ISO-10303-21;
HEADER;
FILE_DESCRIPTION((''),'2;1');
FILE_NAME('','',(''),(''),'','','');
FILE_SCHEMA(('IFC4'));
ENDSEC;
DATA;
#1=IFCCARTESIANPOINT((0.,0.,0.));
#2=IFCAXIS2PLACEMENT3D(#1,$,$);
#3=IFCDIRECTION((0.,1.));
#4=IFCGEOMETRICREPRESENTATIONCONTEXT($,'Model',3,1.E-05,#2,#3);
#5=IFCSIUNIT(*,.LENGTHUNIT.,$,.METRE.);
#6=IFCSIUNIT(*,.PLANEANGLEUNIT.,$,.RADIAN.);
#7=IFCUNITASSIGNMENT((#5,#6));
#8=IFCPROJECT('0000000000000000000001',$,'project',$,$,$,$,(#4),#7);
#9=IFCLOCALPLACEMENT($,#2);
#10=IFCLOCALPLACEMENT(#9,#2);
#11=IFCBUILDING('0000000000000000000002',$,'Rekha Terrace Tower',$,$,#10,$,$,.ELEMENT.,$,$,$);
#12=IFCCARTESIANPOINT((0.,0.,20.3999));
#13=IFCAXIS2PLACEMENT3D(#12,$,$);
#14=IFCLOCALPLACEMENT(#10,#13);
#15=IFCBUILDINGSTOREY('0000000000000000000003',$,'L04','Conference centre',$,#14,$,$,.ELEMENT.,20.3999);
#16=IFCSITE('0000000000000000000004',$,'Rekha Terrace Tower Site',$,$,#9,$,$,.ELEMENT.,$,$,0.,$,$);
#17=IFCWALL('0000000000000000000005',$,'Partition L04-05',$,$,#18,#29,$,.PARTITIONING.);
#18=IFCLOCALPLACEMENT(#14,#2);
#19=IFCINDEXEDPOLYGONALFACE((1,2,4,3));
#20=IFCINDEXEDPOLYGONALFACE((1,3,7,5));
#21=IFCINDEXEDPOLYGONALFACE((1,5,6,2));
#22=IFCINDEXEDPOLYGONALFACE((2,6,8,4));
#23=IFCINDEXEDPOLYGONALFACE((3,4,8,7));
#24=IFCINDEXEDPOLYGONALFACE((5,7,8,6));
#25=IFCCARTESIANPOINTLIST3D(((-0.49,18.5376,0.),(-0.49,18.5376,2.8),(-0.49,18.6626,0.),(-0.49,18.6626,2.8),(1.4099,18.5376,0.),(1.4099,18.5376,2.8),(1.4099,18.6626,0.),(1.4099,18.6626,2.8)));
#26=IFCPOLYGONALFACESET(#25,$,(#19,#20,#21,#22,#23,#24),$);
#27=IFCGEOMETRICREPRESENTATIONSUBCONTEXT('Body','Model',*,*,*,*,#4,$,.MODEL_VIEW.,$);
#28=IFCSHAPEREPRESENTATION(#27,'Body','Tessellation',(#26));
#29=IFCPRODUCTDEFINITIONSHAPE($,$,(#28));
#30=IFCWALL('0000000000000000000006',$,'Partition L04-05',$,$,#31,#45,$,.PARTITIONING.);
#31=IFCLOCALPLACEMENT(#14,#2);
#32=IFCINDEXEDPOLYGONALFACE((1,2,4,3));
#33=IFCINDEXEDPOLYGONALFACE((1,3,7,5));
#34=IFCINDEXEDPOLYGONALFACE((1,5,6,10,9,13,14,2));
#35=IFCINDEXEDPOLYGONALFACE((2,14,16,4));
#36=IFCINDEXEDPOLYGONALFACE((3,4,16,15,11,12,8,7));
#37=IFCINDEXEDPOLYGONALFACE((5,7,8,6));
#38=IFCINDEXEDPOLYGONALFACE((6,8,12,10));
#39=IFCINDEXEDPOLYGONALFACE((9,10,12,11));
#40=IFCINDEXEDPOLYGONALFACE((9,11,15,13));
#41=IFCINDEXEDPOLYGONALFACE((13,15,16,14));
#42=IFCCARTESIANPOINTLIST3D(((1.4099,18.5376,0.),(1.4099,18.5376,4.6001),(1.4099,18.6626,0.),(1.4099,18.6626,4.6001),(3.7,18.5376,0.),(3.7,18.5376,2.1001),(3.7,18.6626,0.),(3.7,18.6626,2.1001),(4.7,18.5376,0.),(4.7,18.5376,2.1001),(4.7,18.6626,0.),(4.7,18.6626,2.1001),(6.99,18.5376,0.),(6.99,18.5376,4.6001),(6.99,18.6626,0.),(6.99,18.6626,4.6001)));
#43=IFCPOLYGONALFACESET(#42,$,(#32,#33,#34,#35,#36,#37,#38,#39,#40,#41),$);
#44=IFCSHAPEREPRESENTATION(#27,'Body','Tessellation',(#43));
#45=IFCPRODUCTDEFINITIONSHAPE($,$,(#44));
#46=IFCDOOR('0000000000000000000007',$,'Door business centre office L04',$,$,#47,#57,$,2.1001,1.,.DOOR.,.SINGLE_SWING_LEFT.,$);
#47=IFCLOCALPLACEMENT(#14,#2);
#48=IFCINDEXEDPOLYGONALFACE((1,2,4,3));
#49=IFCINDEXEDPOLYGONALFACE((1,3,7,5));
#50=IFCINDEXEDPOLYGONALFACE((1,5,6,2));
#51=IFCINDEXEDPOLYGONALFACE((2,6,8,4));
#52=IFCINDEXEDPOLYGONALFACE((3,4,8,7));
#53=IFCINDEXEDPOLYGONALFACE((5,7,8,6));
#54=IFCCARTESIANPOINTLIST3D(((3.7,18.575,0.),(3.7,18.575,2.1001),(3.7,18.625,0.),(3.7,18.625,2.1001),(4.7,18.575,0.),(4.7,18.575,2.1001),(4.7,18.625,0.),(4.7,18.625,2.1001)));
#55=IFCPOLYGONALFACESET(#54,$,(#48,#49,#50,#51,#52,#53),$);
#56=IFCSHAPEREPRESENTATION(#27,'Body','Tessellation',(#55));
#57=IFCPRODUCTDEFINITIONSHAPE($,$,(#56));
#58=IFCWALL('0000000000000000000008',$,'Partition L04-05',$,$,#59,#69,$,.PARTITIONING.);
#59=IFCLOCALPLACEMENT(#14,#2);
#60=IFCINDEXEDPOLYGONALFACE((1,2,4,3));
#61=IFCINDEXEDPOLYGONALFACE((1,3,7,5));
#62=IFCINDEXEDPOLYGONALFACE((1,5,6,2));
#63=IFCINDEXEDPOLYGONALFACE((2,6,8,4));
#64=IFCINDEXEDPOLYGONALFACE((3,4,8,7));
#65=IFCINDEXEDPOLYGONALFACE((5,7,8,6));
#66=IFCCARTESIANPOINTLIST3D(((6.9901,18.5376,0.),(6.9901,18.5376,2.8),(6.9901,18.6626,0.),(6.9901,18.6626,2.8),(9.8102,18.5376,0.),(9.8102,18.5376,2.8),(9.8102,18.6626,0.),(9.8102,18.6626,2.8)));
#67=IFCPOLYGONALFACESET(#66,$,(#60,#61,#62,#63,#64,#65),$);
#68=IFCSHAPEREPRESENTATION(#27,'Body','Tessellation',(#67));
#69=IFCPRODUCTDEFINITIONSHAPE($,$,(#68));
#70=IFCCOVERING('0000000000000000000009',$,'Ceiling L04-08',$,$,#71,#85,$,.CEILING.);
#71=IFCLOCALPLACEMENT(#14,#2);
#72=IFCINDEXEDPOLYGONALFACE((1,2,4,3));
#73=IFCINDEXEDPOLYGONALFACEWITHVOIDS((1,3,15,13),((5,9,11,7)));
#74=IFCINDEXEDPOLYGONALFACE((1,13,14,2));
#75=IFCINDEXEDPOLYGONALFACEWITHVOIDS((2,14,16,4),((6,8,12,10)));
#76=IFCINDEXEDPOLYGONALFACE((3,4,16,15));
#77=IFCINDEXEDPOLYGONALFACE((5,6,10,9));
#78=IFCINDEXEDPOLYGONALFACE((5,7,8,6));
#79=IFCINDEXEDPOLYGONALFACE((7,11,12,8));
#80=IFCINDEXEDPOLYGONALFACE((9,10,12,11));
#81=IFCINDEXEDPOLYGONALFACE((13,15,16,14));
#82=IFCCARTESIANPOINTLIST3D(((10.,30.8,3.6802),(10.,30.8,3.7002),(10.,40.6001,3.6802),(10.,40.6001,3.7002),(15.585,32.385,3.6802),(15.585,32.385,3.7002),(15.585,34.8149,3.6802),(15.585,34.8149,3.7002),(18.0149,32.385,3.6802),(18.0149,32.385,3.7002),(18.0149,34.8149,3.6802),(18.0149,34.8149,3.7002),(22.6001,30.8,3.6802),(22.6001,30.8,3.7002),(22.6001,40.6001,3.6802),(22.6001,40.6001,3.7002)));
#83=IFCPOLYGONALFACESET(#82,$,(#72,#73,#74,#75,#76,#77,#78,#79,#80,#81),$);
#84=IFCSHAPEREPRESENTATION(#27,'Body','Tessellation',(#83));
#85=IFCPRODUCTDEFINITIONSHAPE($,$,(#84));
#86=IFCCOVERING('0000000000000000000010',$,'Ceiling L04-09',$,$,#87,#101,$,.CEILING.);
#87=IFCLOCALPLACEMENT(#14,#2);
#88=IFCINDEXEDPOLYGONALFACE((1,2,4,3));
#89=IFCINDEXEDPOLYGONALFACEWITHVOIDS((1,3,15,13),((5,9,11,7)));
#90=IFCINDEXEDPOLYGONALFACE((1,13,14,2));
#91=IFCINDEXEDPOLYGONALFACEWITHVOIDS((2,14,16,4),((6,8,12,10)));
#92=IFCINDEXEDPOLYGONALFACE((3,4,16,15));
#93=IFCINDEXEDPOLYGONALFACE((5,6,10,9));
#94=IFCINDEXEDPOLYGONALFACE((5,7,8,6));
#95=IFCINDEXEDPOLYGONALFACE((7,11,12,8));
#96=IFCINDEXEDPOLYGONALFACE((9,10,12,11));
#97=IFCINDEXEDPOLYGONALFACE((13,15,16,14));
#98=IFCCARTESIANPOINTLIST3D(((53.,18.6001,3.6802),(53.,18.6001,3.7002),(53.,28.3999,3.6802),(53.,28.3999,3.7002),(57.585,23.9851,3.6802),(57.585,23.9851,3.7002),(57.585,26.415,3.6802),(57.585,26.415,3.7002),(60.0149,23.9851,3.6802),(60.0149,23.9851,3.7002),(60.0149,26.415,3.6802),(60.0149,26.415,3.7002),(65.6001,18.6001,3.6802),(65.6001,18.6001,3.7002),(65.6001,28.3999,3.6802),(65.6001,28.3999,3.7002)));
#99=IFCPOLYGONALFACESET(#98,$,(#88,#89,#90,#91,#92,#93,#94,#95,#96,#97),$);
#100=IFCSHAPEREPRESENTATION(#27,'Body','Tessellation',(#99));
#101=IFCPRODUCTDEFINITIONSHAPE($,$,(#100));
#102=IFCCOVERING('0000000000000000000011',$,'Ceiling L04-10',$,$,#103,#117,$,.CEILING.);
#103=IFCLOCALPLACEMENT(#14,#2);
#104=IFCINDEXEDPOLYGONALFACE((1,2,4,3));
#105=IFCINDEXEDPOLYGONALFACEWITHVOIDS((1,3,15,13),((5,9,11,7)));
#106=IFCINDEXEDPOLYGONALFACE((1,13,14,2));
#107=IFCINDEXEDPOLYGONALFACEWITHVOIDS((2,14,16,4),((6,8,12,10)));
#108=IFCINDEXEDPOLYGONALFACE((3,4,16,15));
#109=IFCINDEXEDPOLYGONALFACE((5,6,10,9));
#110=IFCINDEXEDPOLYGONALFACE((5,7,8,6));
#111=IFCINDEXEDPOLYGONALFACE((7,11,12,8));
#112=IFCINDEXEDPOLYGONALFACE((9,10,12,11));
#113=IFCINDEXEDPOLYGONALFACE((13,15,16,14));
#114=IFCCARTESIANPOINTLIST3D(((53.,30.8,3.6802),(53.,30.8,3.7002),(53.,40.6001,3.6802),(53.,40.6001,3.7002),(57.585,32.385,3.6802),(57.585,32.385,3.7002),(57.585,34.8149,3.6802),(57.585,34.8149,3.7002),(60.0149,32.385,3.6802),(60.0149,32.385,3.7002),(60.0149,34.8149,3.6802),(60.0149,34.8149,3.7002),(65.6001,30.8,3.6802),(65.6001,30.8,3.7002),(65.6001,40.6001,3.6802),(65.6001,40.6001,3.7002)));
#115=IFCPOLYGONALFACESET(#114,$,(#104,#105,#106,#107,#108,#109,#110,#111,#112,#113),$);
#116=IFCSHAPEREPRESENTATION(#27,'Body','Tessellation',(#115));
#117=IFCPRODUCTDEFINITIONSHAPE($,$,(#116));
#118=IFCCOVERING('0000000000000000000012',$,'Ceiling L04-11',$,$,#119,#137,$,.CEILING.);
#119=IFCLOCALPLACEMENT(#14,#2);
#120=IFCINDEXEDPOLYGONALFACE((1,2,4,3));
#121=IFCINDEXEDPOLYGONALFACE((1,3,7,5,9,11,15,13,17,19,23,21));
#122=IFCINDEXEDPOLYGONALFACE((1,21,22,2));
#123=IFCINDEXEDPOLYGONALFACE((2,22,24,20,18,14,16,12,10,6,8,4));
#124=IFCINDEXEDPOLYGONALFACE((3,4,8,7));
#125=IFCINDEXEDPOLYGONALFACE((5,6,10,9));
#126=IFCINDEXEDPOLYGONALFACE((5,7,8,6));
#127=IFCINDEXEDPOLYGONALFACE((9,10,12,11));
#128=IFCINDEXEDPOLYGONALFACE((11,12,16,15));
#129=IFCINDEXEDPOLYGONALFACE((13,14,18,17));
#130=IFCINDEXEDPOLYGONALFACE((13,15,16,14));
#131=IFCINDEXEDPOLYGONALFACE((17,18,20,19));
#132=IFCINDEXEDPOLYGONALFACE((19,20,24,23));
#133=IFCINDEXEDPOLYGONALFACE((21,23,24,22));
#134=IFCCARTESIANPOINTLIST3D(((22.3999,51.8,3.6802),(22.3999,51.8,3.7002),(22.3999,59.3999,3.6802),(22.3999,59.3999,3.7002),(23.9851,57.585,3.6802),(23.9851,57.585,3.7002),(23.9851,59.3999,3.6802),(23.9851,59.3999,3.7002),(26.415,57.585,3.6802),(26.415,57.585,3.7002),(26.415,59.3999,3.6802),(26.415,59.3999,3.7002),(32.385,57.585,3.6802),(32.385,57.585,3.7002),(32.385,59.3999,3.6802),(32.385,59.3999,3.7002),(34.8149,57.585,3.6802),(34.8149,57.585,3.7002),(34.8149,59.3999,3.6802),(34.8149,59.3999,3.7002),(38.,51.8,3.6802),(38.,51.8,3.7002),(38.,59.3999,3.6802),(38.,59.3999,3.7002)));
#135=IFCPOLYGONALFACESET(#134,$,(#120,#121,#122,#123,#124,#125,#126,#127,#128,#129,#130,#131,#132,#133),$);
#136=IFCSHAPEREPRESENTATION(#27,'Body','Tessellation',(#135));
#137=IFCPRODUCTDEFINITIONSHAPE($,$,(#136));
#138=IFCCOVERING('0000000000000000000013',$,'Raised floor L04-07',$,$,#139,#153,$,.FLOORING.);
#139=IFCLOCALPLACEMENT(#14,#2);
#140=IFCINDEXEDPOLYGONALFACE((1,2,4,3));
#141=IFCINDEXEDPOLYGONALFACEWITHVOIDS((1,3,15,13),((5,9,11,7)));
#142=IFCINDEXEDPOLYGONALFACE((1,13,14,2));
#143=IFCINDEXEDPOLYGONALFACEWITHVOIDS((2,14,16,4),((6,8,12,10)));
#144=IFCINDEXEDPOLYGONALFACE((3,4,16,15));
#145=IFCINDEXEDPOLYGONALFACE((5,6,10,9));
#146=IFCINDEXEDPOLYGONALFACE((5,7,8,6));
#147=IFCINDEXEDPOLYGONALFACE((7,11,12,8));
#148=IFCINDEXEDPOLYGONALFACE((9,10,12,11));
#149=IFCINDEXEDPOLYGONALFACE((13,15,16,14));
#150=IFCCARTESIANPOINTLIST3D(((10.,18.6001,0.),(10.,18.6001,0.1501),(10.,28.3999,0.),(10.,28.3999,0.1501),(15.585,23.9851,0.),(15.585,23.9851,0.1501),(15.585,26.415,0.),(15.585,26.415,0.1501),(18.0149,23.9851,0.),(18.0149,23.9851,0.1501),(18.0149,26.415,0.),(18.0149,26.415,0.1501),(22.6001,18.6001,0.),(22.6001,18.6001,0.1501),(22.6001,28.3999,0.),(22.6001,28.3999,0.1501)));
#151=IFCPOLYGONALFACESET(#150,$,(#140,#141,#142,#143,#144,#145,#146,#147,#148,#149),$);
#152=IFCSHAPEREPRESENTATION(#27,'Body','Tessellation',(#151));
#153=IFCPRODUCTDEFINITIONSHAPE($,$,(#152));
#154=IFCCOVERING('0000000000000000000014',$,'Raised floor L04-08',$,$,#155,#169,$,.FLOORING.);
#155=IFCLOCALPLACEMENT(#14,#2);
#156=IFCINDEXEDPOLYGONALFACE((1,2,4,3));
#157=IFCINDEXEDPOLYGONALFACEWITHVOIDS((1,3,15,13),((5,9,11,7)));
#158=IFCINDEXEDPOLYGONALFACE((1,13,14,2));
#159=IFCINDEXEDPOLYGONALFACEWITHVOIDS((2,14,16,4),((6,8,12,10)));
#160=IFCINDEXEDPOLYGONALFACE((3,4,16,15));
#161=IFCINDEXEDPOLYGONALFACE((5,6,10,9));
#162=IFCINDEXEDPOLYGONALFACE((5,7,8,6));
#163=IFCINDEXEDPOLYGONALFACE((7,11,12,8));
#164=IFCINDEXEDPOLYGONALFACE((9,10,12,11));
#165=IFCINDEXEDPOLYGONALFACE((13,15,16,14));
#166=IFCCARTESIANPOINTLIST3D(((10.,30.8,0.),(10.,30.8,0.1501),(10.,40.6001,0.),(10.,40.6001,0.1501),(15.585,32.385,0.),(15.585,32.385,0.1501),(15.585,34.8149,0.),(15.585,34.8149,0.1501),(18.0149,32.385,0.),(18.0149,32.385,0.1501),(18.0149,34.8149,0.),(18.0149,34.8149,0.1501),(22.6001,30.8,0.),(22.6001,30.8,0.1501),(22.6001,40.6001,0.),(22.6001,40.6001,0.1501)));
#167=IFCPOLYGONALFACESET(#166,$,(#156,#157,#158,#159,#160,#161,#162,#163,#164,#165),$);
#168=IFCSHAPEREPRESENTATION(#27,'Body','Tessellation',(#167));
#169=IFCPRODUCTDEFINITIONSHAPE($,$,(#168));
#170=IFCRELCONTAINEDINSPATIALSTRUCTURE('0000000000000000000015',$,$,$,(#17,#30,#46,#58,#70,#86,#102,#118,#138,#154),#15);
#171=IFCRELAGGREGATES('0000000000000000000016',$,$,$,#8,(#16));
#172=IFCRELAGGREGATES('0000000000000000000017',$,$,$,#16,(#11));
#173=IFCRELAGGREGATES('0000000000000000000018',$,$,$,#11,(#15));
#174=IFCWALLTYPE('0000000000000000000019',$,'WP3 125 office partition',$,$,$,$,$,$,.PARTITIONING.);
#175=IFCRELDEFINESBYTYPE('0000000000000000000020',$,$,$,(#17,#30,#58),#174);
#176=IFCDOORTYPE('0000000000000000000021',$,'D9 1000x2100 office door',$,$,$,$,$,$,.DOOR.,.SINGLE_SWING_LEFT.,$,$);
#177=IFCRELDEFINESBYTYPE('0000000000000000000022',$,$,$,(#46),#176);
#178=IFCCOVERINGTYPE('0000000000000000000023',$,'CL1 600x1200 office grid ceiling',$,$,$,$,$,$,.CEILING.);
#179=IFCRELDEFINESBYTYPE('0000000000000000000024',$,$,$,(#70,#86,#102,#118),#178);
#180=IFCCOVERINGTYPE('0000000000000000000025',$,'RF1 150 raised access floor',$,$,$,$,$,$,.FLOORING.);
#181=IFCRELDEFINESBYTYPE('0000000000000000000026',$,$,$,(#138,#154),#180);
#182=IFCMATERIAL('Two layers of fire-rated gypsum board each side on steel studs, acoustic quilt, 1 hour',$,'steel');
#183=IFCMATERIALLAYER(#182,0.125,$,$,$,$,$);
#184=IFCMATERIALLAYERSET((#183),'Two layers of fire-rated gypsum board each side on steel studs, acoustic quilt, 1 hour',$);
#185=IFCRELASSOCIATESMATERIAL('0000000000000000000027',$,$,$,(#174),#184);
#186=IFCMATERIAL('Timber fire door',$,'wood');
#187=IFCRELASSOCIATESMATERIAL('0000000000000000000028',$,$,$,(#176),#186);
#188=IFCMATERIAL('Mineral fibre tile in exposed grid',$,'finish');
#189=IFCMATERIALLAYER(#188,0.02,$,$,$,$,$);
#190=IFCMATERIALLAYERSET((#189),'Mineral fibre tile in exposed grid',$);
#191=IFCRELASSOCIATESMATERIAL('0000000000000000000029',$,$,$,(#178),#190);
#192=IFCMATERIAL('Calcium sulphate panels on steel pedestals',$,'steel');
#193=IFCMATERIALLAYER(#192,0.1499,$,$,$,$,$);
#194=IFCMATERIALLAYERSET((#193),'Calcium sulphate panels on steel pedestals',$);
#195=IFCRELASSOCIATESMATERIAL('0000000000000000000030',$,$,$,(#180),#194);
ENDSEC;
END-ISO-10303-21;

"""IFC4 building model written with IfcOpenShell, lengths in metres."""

from ifc_helpers import new_model, si_unit, direction, frame, frame_2d, origin, place, context, subcontext, project, spatial, polyline, rectangle, outline, extrude, material, layer, layer_set, type_object, element, fill, save


model = new_model("IFC4")

# Units and contexts
model_context = context("Model", 3, precision=1e-05, world=origin(), true_north=direction((0.0, 1.0)))
body_context = subcontext(model_context, "Body", "Model", "MODEL_VIEW")
ifc_project = project(units=[si_unit("LENGTHUNIT", "METRE"), si_unit("PLANEANGLEUNIT", "RADIAN")], contexts=[model_context])

# Site, building, storey
site_placement = place(None, origin())
site = spatial("IfcSite", under=ifc_project, at=site_placement, Name="Rekha Terrace Tower Site", CompositionType="ELEMENT", RefElevation=0.0)
building_placement = place(site_placement, origin())
building = spatial("IfcBuilding", under=site, at=building_placement, Name="Rekha Terrace Tower", CompositionType="ELEMENT")
storey_placement = place(building_placement, frame((0.0, 0.0, 20.3999)))
storey = spatial("IfcBuildingStorey", under=building, at=storey_placement, Name="L04", Description="Conference centre", CompositionType="ELEMENT", Elevation=20.3999)

# Wall
ifc_material_1 = material(Name="Two layers of fire-rated gypsum board each side on steel studs, acoustic quilt, 1 hour", Category="steel")
ifc_layer_1 = layer(ifc_material_1, 0.125)
ifc_layer_set_1 = layer_set([ifc_layer_1], Name="Two layers of fire-rated gypsum board each side on steel studs, acoustic quilt, 1 hour")
wall_type = type_object("IfcWallType", Name="WP3 125 office partition", PredefinedType="PARTITIONING", material=ifc_layer_set_1)
wall_1_placement = place(storey_placement, frame((-0.49, 18.6001, 0.0), z_axis=(0.0, 0.0, 1.0), x_axis=(1.0, 0.0, 0.0)))
element("IfcWall", 1, at=wall_1_placement, inside=storey, type_object=wall_type, Name="Partition L04-05", PredefinedType="PARTITIONING", context=body_context, shape_type="SweptSolid", body=[
    extrude(rectangle(XDim=1.8999, YDim=0.125, at=frame_2d((0.95, 0.0))), origin(), (0.0, 0.0, 1.0), 2.8),
])

# Wall, opening, door
wall_2_placement = place(storey_placement, frame((1.4099, 18.6001, 0.0), z_axis=(0.0, 0.0, 1.0), x_axis=(1.0, 0.0, 0.0)))
wall_2 = element("IfcWall", 2, at=wall_2_placement, inside=storey, type_object=wall_type, Name="Partition L04-05", PredefinedType="PARTITIONING", context=body_context, shape_type="SweptSolid", body=[
    extrude(rectangle(XDim=5.5801, YDim=0.125, at=frame_2d((2.79, 0.0))), origin(), (0.0, 0.0, 1.0), 4.6001),
])
opening_placement = place(wall_2_placement, frame((2.29, 0.0, 0.0)))
opening = element("IfcOpeningElement", 3, at=opening_placement, cuts=wall_2, PredefinedType="OPENING", context=body_context, shape_type="SweptSolid", body=[
    extrude(rectangle(XDim=1.0, YDim=2.1001, at=frame_2d((0.5, 1.05))), frame((0.0, 0.0725, 0.0), z_axis=(0.0, -1.0, 0.0), x_axis=(1.0, 0.0, 0.0)), (0.0, 0.0, 1.0), 0.145),
])
ifc_material_2 = material(Name="Timber fire door", Category="wood")
door_type = type_object("IfcDoorType", Name="D9 1000x2100 office door", OperationType="SINGLE_SWING_LEFT", PredefinedType="DOOR", material=ifc_material_2)
door_placement = place(opening_placement, origin())
door = element("IfcDoor", 4, at=door_placement, inside=storey, type_object=door_type, Name="Door business centre office L04", OperationType="SINGLE_SWING_LEFT", OverallHeight=2.1001, OverallWidth=1.0, PredefinedType="DOOR", context=body_context, shape_type="SweptSolid", body=[
    extrude(rectangle(XDim=1.0, YDim=2.1001, at=frame_2d((0.5, 1.05))), frame((0.0, 0.0249, 0.0), z_axis=(0.0, -1.0, 0.0), x_axis=(1.0, 0.0, 0.0)), (0.0, 0.0, 1.0), 0.05),
])
fill(opening, door)

# Wall
wall_3_placement = place(storey_placement, frame((6.99, 18.6001, 0.0), z_axis=(0.0, 0.0, 1.0), x_axis=(1.0, 0.0, 0.0)))
element("IfcWall", 5, at=wall_3_placement, inside=storey, type_object=wall_type, Name="Partition L04-05", PredefinedType="PARTITIONING", context=body_context, shape_type="SweptSolid", body=[
    extrude(rectangle(XDim=2.8201, YDim=0.125, at=frame_2d((1.4102, 0.0))), origin(), (0.0, 0.0, 1.0), 2.8),
])

# Coverings
ifc_material_3 = material(Name="Mineral fibre tile in exposed grid", Category="finish")
ifc_layer_2 = layer(ifc_material_3, 0.02)
ifc_layer_set_2 = layer_set([ifc_layer_2], Name="Mineral fibre tile in exposed grid")
covering_type_1 = type_object("IfcCoveringType", Name="CL1 600x1200 office grid ceiling", PredefinedType="CEILING", material=ifc_layer_set_2)
covering_1_placement = place(storey_placement, frame((0.0, 0.0, 3.6802)))
element("IfcCovering", 6, at=covering_1_placement, inside=storey, type_object=covering_type_1, Name="Ceiling L04-08", PredefinedType="CEILING", context=body_context, shape_type="SweptSolid", body=[
    extrude(outline(polyline([(22.6001, 30.8), (22.6001, 40.6001), (10.0, 40.6001), (10.0, 30.8), (22.6001, 30.8)]), holes=[polyline([(15.585, 32.385), (15.585, 34.8149), (18.0149, 34.8149), (18.0149, 32.385), (15.585, 32.385)])]), origin(), (0.0, 0.0, 1.0), 0.02),
])
covering_2_placement = place(storey_placement, frame((0.0, 0.0, 3.6802)))
element("IfcCovering", 7, at=covering_2_placement, inside=storey, type_object=covering_type_1, Name="Ceiling L04-09", PredefinedType="CEILING", context=body_context, shape_type="SweptSolid", body=[
    extrude(outline(polyline([(65.6001, 28.3999), (53.0, 28.3999), (53.0, 18.6001), (65.6001, 18.6001), (65.6001, 28.3999)]), holes=[polyline([(60.0149, 23.9851), (57.585, 23.9851), (57.585, 26.415), (60.0149, 26.415), (60.0149, 23.9851)])]), origin(), (0.0, 0.0, 1.0), 0.02),
])
covering_3_placement = place(storey_placement, frame((0.0, 0.0, 3.6802)))
element("IfcCovering", 8, at=covering_3_placement, inside=storey, type_object=covering_type_1, Name="Ceiling L04-10", PredefinedType="CEILING", context=body_context, shape_type="SweptSolid", body=[
    extrude(outline(polyline([(53.0, 40.6001), (53.0, 30.8), (65.6001, 30.8), (65.6001, 40.6001), (53.0, 40.6001)]), holes=[polyline([(57.585, 32.385), (57.585, 34.8149), (60.0149, 34.8149), (60.0149, 32.385), (57.585, 32.385)])]), origin(), (0.0, 0.0, 1.0), 0.02),
])
covering_4_placement = place(storey_placement, frame((0.0, 0.0, 3.6802)))
element("IfcCovering", 9, at=covering_4_placement, inside=storey, type_object=covering_type_1, Name="Ceiling L04-11", PredefinedType="CEILING", context=body_context, shape_type="SweptSolid", body=[
    extrude(outline(polyline([(22.3999, 59.3999), (22.3999, 51.8), (38.0, 51.8), (38.0, 59.3999), (34.8149, 59.3999), (34.8149, 57.585), (32.385, 57.585), (32.385, 59.3999), (26.415, 59.3999), (26.415, 57.585), (23.9851, 57.585), (23.9851, 59.3999), (22.3999, 59.3999)])), origin(), (0.0, 0.0, 1.0), 0.02),
])
ifc_material_4 = material(Name="Calcium sulphate panels on steel pedestals", Category="steel")
ifc_layer_3 = layer(ifc_material_4, 0.1499)
ifc_layer_set_3 = layer_set([ifc_layer_3], Name="Calcium sulphate panels on steel pedestals")
covering_type_2 = type_object("IfcCoveringType", Name="RF1 150 raised access floor", PredefinedType="FLOORING", material=ifc_layer_set_3)
covering_5_placement = place(storey_placement, origin())
element("IfcCovering", 10, at=covering_5_placement, inside=storey, type_object=covering_type_2, Name="Raised floor L04-07", PredefinedType="FLOORING", context=body_context, shape_type="SweptSolid", body=[
    extrude(outline(polyline([(22.6001, 18.6001), (22.6001, 28.3999), (10.0, 28.3999), (10.0, 18.6001), (22.6001, 18.6001)]), holes=[polyline([(15.585, 23.9851), (15.585, 26.415), (18.0149, 26.415), (18.0149, 23.9851), (15.585, 23.9851)])]), origin(), (0.0, 0.0, 1.0), 0.1501),
])
covering_6_placement = place(storey_placement, origin())
element("IfcCovering", 11, at=covering_6_placement, inside=storey, type_object=covering_type_2, Name="Raised floor L04-08", PredefinedType="FLOORING", context=body_context, shape_type="SweptSolid", body=[
    extrude(outline(polyline([(22.6001, 30.8), (22.6001, 40.6001), (10.0, 40.6001), (10.0, 30.8), (22.6001, 30.8)]), holes=[polyline([(15.585, 32.385), (15.585, 34.8149), (18.0149, 34.8149), (18.0149, 32.385), (15.585, 32.385)])]), origin(), (0.0, 0.0, 1.0), 0.1501),
])

save(model, "model.ifc")
